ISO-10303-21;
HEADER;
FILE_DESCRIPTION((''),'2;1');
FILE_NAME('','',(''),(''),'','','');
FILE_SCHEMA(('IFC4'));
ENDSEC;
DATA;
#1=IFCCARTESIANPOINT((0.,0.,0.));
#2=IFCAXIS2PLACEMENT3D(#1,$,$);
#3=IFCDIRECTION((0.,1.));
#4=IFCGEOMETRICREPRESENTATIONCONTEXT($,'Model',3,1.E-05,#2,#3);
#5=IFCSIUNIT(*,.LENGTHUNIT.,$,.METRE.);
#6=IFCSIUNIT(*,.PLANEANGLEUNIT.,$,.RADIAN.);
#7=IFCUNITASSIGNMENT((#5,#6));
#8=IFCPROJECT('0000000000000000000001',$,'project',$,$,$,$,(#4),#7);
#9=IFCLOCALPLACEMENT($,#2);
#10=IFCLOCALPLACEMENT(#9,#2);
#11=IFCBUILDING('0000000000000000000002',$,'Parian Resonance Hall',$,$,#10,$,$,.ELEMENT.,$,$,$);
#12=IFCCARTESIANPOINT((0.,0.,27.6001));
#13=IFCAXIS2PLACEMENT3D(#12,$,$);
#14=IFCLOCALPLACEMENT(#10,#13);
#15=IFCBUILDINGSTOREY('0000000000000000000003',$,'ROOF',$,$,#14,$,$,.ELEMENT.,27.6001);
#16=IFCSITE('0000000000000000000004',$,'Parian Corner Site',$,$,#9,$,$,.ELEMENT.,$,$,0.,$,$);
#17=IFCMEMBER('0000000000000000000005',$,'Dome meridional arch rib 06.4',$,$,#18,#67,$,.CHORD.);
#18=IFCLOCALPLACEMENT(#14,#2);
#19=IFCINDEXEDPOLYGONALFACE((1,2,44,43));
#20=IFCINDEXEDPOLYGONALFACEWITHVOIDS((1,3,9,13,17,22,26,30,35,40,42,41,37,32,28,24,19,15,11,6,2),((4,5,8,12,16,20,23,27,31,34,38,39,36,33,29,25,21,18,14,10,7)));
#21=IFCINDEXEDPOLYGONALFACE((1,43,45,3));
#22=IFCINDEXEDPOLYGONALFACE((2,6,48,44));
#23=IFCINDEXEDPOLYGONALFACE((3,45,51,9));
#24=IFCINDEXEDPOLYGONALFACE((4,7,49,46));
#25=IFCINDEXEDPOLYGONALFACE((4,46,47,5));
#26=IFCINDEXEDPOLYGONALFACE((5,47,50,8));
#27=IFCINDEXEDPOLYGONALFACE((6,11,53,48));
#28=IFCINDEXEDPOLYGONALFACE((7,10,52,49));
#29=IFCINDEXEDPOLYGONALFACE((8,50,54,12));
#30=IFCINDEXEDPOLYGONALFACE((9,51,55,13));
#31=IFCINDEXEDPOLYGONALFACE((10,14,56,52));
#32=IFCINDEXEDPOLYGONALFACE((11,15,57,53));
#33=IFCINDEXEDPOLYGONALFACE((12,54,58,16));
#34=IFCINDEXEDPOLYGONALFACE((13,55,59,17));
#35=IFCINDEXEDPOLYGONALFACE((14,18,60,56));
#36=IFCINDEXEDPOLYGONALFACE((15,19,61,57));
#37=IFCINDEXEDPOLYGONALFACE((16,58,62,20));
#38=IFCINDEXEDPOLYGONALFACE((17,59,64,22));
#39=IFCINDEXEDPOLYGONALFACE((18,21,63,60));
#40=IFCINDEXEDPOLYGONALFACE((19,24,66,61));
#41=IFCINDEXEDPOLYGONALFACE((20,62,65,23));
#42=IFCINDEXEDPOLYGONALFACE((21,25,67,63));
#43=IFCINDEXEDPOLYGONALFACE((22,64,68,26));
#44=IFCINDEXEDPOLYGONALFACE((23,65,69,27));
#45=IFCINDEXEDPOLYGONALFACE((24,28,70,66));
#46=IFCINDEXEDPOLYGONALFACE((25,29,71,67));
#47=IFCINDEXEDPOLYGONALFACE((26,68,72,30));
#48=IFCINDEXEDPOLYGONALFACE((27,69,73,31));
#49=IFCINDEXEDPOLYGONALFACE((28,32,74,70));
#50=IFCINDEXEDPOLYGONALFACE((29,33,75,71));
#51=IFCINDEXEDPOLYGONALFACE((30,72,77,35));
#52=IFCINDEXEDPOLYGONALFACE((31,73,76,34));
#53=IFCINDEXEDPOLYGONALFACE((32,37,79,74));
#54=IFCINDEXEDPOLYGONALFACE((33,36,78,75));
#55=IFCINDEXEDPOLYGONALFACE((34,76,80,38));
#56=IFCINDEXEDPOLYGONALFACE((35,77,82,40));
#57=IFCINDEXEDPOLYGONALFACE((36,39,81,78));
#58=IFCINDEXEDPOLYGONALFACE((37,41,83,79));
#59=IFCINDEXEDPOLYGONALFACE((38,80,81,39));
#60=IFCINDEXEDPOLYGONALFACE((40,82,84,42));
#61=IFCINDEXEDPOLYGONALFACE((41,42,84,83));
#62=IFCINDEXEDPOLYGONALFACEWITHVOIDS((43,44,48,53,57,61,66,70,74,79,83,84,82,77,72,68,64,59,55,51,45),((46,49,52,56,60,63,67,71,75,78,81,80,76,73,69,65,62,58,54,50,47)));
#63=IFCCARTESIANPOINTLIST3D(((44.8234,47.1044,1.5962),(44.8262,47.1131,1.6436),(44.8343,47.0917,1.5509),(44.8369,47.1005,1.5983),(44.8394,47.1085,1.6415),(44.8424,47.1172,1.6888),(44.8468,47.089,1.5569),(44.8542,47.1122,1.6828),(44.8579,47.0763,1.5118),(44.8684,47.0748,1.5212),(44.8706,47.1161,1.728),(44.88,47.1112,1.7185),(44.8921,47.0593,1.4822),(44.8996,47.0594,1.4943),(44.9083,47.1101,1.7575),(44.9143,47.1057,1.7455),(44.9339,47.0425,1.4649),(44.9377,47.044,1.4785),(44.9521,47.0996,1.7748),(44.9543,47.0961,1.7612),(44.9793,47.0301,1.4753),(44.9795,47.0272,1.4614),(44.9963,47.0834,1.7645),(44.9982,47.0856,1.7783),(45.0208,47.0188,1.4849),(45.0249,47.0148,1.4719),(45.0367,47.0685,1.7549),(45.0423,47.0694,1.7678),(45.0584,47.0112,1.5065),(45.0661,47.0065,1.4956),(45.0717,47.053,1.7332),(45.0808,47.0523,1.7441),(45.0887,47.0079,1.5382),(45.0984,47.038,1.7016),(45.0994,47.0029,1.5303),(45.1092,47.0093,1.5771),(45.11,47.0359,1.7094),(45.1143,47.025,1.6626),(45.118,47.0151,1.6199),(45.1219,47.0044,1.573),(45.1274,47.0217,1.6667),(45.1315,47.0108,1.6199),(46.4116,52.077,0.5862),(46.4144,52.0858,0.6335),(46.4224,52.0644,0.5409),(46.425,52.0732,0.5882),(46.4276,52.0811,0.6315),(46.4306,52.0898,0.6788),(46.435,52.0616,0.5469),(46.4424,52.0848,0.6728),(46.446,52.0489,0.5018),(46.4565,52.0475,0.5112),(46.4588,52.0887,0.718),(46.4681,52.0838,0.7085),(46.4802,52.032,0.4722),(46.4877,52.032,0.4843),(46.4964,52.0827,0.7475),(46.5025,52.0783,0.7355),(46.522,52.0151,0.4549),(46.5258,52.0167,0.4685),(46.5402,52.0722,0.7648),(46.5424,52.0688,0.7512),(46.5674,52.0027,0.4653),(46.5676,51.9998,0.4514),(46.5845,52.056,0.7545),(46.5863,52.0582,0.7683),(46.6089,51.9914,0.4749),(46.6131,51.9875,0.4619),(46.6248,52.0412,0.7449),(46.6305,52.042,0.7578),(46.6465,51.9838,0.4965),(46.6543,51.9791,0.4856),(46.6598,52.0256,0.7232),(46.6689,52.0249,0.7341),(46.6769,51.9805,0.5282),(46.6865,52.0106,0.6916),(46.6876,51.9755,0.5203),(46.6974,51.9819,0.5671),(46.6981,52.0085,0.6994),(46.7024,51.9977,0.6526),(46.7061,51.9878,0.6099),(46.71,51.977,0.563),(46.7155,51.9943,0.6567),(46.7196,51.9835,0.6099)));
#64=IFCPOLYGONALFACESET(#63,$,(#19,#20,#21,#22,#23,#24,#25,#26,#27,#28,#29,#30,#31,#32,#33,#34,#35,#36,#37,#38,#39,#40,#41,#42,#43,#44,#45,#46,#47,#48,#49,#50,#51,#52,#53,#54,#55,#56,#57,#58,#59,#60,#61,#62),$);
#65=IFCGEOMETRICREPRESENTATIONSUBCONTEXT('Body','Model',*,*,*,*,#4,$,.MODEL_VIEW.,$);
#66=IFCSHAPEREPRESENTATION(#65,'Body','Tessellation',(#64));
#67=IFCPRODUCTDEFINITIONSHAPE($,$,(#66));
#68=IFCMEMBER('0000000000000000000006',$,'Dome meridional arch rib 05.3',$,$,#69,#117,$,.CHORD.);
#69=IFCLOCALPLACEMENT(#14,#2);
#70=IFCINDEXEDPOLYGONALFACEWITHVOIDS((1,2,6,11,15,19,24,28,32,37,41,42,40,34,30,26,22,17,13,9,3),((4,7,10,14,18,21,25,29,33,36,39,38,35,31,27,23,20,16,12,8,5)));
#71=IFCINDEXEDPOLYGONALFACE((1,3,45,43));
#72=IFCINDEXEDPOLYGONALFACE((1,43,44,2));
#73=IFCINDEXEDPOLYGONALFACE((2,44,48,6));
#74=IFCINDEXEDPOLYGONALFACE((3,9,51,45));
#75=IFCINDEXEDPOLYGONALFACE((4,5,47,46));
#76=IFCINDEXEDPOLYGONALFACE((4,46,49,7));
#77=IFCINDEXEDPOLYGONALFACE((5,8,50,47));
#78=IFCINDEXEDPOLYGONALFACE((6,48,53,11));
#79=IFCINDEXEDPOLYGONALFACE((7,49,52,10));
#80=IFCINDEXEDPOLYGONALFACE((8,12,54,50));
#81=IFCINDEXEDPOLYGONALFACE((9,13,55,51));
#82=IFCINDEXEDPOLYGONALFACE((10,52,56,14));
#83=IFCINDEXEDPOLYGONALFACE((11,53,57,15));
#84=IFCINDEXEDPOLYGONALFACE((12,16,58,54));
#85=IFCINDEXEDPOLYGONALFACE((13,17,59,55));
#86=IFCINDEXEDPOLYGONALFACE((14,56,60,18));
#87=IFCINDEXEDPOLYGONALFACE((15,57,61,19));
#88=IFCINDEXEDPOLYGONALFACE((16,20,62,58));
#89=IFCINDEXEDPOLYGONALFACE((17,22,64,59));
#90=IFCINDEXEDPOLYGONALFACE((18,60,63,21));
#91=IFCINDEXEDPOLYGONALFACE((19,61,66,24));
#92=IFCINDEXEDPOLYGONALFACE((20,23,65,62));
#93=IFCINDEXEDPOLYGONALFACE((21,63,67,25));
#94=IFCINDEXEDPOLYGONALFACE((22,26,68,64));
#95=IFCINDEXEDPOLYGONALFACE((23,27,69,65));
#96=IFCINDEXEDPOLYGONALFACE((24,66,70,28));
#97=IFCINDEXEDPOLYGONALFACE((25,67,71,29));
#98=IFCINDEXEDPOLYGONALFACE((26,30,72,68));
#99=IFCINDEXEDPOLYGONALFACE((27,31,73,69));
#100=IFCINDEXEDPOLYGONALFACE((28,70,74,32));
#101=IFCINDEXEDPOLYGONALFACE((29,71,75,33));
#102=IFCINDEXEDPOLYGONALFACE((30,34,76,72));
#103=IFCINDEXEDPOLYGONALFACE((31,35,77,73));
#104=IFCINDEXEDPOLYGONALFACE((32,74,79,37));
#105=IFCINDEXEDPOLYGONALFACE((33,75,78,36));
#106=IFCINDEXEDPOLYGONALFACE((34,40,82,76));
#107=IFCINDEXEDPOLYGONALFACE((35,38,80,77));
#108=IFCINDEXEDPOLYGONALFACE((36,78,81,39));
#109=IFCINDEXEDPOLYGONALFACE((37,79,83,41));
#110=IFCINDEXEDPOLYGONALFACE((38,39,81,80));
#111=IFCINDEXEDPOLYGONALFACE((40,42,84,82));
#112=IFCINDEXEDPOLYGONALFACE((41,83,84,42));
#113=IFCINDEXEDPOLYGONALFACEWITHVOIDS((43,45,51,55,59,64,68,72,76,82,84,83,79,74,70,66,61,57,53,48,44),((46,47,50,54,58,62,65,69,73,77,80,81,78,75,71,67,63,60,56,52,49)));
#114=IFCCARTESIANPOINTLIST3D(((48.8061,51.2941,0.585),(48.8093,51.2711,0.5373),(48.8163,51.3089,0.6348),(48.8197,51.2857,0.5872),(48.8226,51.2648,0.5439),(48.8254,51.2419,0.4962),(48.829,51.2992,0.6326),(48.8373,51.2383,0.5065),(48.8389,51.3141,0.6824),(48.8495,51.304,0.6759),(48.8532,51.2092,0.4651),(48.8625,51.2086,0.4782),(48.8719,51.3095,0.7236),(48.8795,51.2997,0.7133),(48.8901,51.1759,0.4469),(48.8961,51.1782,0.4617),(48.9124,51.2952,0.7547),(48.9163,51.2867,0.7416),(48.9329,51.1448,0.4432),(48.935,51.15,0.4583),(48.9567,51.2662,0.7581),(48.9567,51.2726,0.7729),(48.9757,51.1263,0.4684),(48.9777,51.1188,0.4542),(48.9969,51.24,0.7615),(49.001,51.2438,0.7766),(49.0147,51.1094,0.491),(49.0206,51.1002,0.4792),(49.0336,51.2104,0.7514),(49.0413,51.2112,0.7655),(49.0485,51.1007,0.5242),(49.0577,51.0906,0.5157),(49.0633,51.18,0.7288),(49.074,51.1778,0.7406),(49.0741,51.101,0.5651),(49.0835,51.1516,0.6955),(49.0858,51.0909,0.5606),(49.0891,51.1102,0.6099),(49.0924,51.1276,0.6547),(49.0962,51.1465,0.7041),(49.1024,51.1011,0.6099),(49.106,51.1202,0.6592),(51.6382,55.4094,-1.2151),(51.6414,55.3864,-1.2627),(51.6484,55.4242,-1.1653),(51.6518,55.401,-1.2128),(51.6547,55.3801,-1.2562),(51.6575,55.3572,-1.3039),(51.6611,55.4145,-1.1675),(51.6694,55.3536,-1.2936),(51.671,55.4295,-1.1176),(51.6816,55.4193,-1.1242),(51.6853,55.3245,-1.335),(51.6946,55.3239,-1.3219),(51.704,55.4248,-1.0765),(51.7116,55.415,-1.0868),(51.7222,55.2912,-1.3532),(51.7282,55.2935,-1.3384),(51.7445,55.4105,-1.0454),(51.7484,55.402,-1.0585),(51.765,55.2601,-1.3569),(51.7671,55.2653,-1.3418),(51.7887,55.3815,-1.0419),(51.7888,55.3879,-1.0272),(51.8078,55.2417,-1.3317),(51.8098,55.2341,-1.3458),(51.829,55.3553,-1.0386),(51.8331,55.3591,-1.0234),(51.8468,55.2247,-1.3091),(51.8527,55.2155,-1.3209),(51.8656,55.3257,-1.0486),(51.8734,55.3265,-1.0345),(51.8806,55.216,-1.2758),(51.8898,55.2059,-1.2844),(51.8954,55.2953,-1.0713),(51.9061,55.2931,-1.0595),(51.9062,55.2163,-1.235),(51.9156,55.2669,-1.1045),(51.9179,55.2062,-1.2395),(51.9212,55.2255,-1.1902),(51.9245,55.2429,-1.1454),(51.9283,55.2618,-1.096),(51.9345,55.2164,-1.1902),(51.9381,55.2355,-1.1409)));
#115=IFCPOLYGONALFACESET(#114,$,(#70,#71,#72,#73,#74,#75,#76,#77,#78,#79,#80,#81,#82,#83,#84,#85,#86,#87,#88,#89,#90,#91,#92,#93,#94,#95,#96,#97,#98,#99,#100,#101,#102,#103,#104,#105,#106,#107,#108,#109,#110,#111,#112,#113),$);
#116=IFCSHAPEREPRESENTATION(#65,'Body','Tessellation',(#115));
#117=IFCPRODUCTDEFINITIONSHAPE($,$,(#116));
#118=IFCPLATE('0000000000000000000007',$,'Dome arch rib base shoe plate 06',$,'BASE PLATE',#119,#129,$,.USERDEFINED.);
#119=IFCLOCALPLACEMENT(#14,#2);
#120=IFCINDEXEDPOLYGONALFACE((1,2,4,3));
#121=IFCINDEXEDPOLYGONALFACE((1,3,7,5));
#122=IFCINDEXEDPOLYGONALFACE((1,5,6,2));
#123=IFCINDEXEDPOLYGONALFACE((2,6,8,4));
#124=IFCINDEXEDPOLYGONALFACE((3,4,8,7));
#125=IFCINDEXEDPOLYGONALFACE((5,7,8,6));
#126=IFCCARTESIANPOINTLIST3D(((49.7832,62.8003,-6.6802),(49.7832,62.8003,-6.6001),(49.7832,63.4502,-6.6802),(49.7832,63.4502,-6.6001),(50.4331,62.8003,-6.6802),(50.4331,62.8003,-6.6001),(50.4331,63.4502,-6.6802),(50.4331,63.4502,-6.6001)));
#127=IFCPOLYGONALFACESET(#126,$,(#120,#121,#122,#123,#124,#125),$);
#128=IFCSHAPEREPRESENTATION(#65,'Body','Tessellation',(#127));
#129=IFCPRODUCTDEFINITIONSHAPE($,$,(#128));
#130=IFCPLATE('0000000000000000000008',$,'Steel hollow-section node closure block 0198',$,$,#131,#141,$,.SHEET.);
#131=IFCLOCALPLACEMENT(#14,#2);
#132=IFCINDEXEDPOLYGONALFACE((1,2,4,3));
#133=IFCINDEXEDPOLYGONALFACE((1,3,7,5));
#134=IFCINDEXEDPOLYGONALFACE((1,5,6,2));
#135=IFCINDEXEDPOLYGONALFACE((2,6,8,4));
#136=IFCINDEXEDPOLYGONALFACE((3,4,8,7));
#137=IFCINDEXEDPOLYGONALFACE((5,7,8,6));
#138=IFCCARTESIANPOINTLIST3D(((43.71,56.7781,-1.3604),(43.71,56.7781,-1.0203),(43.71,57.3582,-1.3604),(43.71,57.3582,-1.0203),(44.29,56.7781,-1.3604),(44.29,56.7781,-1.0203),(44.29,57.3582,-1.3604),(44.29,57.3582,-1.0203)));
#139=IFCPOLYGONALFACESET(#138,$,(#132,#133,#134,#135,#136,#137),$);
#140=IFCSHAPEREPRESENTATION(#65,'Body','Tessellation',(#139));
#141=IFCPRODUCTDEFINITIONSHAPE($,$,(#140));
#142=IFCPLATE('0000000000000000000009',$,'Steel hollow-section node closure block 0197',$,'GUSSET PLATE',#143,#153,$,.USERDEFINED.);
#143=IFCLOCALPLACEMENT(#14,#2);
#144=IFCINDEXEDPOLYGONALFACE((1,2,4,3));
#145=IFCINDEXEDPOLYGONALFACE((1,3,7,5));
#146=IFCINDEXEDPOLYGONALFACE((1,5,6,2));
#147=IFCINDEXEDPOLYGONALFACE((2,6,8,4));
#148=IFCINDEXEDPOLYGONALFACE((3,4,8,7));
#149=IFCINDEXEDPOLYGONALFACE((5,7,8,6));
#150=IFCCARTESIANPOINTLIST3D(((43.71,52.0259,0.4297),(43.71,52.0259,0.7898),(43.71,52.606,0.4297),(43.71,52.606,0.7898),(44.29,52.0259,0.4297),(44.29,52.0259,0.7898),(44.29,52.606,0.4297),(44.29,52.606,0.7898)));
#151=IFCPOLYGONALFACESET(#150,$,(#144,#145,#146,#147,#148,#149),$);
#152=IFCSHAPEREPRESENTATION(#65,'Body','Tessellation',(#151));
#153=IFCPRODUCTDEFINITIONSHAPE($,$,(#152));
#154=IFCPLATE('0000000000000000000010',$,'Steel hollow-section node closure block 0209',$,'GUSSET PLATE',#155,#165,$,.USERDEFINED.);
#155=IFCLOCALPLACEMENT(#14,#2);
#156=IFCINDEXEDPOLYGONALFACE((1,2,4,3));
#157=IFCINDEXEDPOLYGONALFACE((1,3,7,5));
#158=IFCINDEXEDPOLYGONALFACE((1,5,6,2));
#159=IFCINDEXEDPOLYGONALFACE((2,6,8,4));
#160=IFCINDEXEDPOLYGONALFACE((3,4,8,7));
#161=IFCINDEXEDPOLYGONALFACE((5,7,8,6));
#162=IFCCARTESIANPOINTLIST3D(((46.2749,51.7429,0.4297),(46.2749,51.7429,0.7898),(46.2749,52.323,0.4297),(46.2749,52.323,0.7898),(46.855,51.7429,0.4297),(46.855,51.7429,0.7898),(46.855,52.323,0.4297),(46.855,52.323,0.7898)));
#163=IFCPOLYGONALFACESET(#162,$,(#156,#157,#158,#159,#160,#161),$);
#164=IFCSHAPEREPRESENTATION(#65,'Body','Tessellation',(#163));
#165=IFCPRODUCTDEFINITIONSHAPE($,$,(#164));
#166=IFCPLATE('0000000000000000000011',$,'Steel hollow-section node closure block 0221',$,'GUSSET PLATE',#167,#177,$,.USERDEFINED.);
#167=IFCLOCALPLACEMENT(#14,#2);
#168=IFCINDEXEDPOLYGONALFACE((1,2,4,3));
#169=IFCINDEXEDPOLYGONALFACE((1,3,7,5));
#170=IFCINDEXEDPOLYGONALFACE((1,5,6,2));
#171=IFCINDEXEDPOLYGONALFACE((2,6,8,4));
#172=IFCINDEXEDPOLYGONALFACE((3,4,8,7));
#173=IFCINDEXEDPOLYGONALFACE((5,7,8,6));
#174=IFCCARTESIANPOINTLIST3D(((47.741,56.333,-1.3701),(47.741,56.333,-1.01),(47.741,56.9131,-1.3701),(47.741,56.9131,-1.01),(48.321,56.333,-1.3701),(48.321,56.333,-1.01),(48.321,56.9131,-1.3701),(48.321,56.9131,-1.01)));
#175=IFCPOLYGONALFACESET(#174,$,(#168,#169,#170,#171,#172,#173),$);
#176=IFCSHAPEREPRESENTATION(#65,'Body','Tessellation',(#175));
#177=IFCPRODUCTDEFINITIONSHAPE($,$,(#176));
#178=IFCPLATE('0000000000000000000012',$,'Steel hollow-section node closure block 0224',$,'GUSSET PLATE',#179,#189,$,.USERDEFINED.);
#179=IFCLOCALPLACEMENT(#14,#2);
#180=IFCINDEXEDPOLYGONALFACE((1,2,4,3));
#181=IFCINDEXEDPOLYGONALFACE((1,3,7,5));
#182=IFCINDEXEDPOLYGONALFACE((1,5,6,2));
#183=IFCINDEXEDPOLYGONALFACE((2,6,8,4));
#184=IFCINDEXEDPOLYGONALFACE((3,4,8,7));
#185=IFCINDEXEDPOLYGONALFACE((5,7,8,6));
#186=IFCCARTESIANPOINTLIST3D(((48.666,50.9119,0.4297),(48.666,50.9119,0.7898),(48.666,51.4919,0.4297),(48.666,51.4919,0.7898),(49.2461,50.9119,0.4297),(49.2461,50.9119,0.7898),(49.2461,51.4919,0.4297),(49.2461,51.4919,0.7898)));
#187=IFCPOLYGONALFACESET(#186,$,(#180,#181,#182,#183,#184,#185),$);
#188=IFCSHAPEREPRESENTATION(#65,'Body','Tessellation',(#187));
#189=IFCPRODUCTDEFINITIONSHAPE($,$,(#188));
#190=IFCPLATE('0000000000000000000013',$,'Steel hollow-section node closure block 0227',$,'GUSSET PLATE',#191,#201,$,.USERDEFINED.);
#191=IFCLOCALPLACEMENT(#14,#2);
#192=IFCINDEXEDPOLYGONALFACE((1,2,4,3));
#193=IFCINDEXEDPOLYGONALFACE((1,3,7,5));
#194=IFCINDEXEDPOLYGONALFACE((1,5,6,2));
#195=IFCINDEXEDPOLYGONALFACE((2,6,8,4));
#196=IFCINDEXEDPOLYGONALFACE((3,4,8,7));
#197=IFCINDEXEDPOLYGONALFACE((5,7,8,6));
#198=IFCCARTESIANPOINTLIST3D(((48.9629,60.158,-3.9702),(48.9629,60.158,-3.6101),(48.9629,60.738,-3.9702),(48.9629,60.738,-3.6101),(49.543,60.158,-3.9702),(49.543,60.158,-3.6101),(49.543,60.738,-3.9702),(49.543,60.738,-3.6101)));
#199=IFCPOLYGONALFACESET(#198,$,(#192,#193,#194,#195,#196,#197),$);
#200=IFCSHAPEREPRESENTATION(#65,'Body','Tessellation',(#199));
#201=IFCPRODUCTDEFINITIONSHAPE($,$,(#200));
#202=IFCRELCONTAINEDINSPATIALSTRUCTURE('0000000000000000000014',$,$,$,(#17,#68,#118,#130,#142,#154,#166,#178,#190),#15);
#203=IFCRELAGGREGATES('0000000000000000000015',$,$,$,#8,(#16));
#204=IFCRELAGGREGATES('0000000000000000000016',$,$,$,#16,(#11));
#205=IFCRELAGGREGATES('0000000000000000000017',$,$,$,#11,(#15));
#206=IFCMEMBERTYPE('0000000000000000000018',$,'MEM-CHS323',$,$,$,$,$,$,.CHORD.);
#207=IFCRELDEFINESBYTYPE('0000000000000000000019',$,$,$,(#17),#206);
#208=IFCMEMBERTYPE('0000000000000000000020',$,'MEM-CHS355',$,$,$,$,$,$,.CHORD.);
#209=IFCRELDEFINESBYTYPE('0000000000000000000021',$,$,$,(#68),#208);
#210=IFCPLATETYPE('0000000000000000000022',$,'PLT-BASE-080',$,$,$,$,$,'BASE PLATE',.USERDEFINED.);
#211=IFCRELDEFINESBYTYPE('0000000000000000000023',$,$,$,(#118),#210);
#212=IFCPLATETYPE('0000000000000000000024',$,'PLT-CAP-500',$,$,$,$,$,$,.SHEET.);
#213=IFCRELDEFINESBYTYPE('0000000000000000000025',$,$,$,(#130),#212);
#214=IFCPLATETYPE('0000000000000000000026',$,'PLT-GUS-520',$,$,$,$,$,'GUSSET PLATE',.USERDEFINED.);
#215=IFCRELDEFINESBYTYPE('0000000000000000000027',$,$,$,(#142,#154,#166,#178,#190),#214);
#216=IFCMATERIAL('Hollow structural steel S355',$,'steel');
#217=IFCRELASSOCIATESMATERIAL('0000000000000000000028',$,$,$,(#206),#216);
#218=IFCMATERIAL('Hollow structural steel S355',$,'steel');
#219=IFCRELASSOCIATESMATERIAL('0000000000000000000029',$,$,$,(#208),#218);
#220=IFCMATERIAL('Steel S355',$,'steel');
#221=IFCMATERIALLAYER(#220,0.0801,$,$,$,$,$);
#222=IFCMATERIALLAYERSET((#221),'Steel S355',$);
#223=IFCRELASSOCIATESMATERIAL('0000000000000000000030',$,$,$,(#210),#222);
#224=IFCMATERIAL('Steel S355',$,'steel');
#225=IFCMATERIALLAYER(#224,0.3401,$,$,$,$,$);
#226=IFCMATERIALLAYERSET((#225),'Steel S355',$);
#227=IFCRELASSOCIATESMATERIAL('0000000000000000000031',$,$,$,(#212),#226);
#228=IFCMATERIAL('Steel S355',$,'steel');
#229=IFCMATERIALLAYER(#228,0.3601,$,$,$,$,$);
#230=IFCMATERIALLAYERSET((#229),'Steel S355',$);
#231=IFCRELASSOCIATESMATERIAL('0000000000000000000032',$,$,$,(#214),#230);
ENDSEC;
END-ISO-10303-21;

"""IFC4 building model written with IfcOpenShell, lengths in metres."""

from ifc_helpers import new_model, si_unit, direction, frame, origin, origin_2d, place, context, subcontext, project, spatial, rectangle, hollow_circle, extrude, material, layer, layer_set, material_profile, profile_set, type_object, element, save


model = new_model("IFC4")

# Units and contexts
model_context = context("Model", 3, precision=1e-05, world=origin(), true_north=direction((0.0, 1.0)))
body_context = subcontext(model_context, "Body", "Model", "MODEL_VIEW")
ifc_project = project(units=[si_unit("LENGTHUNIT", "METRE"), si_unit("PLANEANGLEUNIT", "RADIAN")], contexts=[model_context])

# Site, building, storey
site_placement = place(None, origin())
site = spatial("IfcSite", under=ifc_project, at=site_placement, Name="Parian Corner Site", CompositionType="ELEMENT", RefElevation=0.0)
building_placement = place(site_placement, origin())
building = spatial("IfcBuilding", under=site, at=building_placement, Name="Parian Resonance Hall", CompositionType="ELEMENT")
storey_placement = place(building_placement, frame((0.0, 0.0, 27.6001)))
storey = spatial("IfcBuildingStorey", under=building, at=storey_placement, Name="ROOF", CompositionType="ELEMENT", Elevation=27.6001)

# Members
ifc_material_1 = material(Name="Hollow structural steel S355", Category="steel")
ifc_material_profile_1 = material_profile(ifc_material_1, hollow_circle(Radius=0.1619, WallThickness=0.0142, at=origin_2d()), Name="CHS323.9x14.2")
ifc_profile_set_1 = profile_set([ifc_material_profile_1], Name="Hollow structural steel S355")
member_type_1 = type_object("IfcMemberType", Name="MEM-CHS323", PredefinedType="CHORD", material=ifc_profile_set_1)
member_1_placement = place(storey_placement, frame((46.5654, 52.0327, 0.6099), z_axis=(-0.298695, -0.935252, 0.189962), x_axis=(0.952597, -0.304234, 0.0)))
element("IfcMember", 1, at=member_1_placement, inside=storey, type_object=member_type_1, Name="Dome meridional arch rib 06.4", PredefinedType="CHORD", context=body_context, shape_type="SweptSolid", body=[
    extrude(hollow_circle(Radius=0.1619, WallThickness=0.0142, at=origin_2d()), origin(), (0.0, 0.0, 1.0), 5.3169),
])
ifc_material_2 = material(Name="Hollow structural steel S355", Category="steel")
ifc_material_profile_2 = material_profile(ifc_material_2, hollow_circle(Radius=0.1777, WallThickness=0.0161, at=origin_2d()), Name="CHS355.6x16")
ifc_profile_set_2 = profile_set([ifc_material_profile_2], Name="Hollow structural steel S355")
member_type_2 = type_object("IfcMemberType", Name="MEM-CHS355", PredefinedType="CHORD", material=ifc_profile_set_2)
member_2_placement = place(storey_placement, frame((51.7881, 55.3171, -1.1902), z_axis=(-0.533343, -0.775002, 0.338994), x_axis=(0.823779, -0.56691, 0.0)))
element("IfcMember", 2, at=member_2_placement, inside=storey, type_object=member_type_2, Name="Dome meridional arch rib 05.3", PredefinedType="CHORD", context=body_context, shape_type="SweptSolid", body=[
    extrude(hollow_circle(Radius=0.1777, WallThickness=0.0161, at=origin_2d()), origin(), (0.0, 0.0, 1.0), 5.3101),
])

# Plates
ifc_material_3 = material(Name="Steel S355", Category="steel")
ifc_layer_1 = layer(ifc_material_3, 0.0801)
ifc_layer_set_1 = layer_set([ifc_layer_1], Name="Steel S355")
plate_type_1 = type_object("IfcPlateType", Name="PLT-BASE-080", ElementType="BASE PLATE", PredefinedType="USERDEFINED", material=ifc_layer_set_1)
plate_1_placement = place(storey_placement, frame((50.1082, 63.1252, -6.6802), z_axis=(0.0, 0.0, 1.0), x_axis=(1.0, 0.0, 0.0)))
element("IfcPlate", 3, at=plate_1_placement, inside=storey, type_object=plate_type_1, Name="Dome arch rib base shoe plate 06", ObjectType="BASE PLATE", PredefinedType="USERDEFINED", context=body_context, shape_type="SweptSolid", body=[
    extrude(rectangle(XDim=0.6499, YDim=0.6499, at=origin_2d()), origin(), (0.0, 0.0, 1.0), 0.0801),
])
ifc_material_4 = material(Name="Steel S355", Category="steel")
ifc_layer_2 = layer(ifc_material_4, 0.3401)
ifc_layer_set_2 = layer_set([ifc_layer_2], Name="Steel S355")
plate_type_2 = type_object("IfcPlateType", Name="PLT-CAP-500", PredefinedType="SHEET", material=ifc_layer_set_2)
plate_2_placement = place(storey_placement, frame((44.0, 57.0681, -1.3604), z_axis=(0.0, 0.0, 1.0), x_axis=(1.0, 0.0, 0.0)))
element("IfcPlate", 4, at=plate_2_placement, inside=storey, type_object=plate_type_2, Name="Steel hollow-section node closure block 0198", PredefinedType="SHEET", context=body_context, shape_type="SweptSolid", body=[
    extrude(rectangle(XDim=0.5801, YDim=0.5801, at=origin_2d()), origin(), (0.0, 0.0, 1.0), 0.3401),
])
ifc_material_5 = material(Name="Steel S355", Category="steel")
ifc_layer_3 = layer(ifc_material_5, 0.3601)
ifc_layer_set_3 = layer_set([ifc_layer_3], Name="Steel S355")
plate_type_3 = type_object("IfcPlateType", Name="PLT-GUS-520", ElementType="GUSSET PLATE", PredefinedType="USERDEFINED", material=ifc_layer_set_3)
for number, where, z_axis, x_axis, name in (
    (5, (44.0, 52.3159, 0.4297), (0.0, 0.0, 1.0), (1.0, 0.0, 0.0), "Steel hollow-section node closure block 0197"),
    (6, (46.5649, 52.033, 0.4297), (0.0, 0.0, 1.0), (1.0, 0.0, 0.0), "Steel hollow-section node closure block 0209"),
    (7, (48.031, 56.623, -1.3701), (0.0, 0.0, 1.0), (1.0, 0.0, 0.0), "Steel hollow-section node closure block 0221"),
    (8, (48.9561, 51.2019, 0.4297), (0.0, 0.0, 1.0), (1.0, 0.0, 0.0), "Steel hollow-section node closure block 0224"),
    (9, (49.2529, 60.448, -3.9702), (0.0, 0.0, 1.0), (1.0, 0.0, 0.0), "Steel hollow-section node closure block 0227"),
):
    element("IfcPlate", number, at=place(storey_placement, frame(where, z_axis=z_axis, x_axis=x_axis)), inside=storey, type_object=plate_type_3, Name=name, ObjectType="GUSSET PLATE", PredefinedType="USERDEFINED", context=body_context, shape_type="SweptSolid", body=[
        extrude(rectangle(XDim=0.5801, YDim=0.5801, at=origin_2d()), origin(), (0.0, 0.0, 1.0), 0.3601),
    ])

save(model, "model.ifc")
